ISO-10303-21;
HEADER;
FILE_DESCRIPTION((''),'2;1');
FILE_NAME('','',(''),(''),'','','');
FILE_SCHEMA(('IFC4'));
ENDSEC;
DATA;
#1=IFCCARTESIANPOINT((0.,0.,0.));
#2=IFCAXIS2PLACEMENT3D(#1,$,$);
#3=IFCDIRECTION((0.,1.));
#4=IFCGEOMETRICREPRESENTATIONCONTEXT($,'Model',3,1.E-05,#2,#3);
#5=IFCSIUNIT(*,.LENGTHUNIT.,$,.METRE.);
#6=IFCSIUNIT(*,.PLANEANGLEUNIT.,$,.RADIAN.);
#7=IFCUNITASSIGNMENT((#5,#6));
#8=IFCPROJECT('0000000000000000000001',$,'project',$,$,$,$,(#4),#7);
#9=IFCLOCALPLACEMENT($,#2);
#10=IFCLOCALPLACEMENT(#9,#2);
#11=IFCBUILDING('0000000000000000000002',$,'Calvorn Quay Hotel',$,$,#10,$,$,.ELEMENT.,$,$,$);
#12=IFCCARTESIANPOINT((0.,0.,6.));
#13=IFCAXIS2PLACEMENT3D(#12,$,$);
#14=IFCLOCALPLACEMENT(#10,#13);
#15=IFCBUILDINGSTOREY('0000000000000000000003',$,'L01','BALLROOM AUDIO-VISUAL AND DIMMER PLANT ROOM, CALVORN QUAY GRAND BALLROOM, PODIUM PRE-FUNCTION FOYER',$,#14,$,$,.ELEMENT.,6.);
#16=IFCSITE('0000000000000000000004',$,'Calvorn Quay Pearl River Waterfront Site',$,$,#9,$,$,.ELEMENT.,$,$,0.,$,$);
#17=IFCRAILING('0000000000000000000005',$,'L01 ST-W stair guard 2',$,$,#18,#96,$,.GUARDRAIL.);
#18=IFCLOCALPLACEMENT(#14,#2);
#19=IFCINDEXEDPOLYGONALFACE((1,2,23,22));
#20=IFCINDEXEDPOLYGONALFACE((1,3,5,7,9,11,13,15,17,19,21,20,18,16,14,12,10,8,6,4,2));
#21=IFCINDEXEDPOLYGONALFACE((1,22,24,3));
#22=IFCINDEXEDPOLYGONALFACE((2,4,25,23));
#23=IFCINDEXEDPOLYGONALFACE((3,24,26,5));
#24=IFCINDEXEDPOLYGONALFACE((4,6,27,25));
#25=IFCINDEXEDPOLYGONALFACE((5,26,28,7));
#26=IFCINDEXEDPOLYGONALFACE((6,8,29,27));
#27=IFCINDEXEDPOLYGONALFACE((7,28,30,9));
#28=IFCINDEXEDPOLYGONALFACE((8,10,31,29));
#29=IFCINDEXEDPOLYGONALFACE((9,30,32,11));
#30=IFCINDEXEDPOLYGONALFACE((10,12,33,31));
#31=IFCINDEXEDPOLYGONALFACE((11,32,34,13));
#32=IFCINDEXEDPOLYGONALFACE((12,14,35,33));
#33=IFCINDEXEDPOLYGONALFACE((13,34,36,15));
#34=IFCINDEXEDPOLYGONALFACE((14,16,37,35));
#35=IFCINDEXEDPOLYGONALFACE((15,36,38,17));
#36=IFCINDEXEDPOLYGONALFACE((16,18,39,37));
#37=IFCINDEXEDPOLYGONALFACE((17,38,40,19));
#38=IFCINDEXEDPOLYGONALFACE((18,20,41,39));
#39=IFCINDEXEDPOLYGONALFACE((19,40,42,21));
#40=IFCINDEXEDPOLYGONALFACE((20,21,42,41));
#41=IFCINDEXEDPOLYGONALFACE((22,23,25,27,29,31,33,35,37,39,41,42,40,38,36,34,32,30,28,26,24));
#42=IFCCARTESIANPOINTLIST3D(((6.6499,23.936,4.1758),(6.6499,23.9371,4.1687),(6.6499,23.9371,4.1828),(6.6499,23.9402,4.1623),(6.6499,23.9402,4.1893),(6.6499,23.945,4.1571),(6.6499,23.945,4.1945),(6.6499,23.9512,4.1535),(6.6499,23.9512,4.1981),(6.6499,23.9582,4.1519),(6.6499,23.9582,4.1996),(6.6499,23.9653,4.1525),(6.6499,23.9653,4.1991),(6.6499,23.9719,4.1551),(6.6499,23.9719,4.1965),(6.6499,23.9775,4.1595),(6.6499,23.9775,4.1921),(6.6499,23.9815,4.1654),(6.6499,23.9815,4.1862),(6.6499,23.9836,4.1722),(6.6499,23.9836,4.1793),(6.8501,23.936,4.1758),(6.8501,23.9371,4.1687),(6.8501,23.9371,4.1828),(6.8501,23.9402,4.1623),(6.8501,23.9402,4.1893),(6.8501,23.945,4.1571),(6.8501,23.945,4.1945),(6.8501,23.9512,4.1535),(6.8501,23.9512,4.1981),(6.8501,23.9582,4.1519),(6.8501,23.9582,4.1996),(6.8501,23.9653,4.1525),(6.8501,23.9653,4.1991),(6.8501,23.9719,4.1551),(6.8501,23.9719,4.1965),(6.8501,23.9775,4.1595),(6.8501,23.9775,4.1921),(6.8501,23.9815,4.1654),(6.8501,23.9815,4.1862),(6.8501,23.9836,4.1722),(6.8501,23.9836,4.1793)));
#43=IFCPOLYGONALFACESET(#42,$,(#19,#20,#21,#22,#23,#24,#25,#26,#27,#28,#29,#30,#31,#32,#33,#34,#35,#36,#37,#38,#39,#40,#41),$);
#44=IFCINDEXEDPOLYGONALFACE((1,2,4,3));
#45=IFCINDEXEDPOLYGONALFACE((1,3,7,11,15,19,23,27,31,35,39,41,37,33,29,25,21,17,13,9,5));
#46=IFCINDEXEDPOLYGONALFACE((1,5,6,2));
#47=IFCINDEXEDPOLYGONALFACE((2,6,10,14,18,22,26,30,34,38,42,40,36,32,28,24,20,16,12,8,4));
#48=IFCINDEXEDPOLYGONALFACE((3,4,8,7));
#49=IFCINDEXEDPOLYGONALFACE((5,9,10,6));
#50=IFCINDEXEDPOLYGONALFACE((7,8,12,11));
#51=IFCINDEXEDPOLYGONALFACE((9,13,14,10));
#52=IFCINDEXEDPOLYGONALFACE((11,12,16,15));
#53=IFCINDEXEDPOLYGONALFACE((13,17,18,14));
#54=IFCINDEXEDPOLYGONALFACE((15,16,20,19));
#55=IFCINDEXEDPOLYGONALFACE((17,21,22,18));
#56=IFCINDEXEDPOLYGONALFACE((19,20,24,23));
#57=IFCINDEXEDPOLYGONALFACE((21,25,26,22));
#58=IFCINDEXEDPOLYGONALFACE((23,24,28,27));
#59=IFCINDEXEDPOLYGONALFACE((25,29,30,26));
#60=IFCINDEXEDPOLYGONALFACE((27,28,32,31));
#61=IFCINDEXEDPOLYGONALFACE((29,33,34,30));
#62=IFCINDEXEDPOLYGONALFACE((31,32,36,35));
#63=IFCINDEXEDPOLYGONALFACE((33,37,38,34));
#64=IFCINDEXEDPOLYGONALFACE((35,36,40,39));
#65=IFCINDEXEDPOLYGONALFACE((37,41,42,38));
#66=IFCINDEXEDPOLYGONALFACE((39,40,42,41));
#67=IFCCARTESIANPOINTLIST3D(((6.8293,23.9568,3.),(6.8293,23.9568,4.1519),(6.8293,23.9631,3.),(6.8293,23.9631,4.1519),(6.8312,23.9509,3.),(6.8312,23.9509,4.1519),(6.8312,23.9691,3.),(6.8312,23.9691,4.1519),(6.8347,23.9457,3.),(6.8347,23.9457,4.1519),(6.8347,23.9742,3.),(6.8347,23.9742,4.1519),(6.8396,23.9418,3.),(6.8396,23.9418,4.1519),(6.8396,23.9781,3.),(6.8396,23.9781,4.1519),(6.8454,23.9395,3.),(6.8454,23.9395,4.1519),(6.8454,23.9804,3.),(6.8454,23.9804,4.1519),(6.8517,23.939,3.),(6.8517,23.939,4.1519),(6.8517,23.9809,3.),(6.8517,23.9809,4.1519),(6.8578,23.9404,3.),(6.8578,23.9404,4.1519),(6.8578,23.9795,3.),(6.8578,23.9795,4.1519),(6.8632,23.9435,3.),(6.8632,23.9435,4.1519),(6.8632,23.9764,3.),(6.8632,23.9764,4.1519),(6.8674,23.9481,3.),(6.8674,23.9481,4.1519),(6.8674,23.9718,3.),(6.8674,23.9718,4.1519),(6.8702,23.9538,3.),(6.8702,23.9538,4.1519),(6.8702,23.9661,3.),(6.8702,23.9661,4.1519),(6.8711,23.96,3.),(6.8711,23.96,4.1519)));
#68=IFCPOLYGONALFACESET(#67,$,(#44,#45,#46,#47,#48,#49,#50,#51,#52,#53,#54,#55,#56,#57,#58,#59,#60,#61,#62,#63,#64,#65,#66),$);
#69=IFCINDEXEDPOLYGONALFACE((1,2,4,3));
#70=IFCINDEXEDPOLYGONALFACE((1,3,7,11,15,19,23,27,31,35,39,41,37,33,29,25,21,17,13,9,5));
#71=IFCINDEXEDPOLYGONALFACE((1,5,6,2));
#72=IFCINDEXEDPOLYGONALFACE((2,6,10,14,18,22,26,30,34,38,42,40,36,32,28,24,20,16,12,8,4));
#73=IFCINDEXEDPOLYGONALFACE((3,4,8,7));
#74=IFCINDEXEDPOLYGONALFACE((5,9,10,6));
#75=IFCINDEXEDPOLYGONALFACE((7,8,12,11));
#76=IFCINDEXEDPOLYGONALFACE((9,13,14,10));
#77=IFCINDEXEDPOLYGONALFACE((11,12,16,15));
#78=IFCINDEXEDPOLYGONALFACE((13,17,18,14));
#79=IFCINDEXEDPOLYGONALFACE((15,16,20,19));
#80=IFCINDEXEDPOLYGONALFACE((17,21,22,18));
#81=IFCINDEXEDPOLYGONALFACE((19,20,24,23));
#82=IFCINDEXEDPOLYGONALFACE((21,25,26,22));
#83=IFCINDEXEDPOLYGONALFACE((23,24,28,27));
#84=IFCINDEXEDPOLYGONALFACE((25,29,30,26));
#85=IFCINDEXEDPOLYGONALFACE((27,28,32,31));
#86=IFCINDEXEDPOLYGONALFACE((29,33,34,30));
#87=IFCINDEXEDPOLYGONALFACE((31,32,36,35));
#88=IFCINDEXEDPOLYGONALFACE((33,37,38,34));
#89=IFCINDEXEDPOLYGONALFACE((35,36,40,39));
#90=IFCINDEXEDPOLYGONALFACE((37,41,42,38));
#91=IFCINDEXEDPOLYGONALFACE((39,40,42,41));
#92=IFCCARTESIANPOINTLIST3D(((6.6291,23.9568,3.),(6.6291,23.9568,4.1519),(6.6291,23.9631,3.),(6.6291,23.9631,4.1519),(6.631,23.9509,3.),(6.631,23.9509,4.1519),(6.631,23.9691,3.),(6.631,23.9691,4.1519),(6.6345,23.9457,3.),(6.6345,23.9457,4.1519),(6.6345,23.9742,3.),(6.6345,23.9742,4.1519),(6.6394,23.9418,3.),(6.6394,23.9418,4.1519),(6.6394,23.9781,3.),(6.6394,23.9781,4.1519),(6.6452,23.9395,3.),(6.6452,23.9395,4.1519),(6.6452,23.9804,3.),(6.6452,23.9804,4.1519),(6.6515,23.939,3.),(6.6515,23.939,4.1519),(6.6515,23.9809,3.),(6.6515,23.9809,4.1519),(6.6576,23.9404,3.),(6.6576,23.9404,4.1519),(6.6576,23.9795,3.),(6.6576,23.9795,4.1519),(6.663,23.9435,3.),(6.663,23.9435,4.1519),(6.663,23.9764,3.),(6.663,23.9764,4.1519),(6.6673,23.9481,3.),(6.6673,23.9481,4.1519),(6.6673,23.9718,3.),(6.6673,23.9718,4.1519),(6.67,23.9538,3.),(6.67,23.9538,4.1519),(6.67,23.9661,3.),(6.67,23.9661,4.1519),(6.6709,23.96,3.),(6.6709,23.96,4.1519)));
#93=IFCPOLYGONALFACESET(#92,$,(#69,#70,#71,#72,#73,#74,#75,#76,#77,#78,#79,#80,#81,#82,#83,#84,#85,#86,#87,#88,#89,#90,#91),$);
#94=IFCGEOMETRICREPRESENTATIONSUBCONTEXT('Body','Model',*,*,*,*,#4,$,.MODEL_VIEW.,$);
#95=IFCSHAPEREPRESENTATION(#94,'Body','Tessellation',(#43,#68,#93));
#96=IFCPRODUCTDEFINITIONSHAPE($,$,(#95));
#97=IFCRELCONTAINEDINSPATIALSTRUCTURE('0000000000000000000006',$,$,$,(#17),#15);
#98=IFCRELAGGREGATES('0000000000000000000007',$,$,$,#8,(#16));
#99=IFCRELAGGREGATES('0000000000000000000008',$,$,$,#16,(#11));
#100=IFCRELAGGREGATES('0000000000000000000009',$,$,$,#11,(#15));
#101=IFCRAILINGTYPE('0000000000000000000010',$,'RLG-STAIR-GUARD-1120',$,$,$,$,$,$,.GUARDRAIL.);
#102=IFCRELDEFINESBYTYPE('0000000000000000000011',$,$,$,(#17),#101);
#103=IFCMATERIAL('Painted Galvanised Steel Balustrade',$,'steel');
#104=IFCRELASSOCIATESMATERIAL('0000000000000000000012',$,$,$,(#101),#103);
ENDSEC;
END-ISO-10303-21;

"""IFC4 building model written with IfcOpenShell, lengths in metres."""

from ifc_helpers import new_model, si_unit, direction, frame, origin, origin_2d, place, context, subcontext, project, spatial, circle, extrude, material, type_object, element, save


model = new_model("IFC4")

# Units and contexts
model_context = context("Model", 3, precision=1e-05, world=origin(), true_north=direction((0.0, 1.0)))
body_context = subcontext(model_context, "Body", "Model", "MODEL_VIEW")
ifc_project = project(units=[si_unit("LENGTHUNIT", "METRE"), si_unit("PLANEANGLEUNIT", "RADIAN")], contexts=[model_context])

# Site, building, storey
site_placement = place(None, origin())
site = spatial("IfcSite", under=ifc_project, at=site_placement, Name="Calvorn Quay Pearl River Waterfront Site", CompositionType="ELEMENT", RefElevation=0.0)
building_placement = place(site_placement, origin())
building = spatial("IfcBuilding", under=site, at=building_placement, Name="Calvorn Quay Hotel", CompositionType="ELEMENT")
storey_placement = place(building_placement, frame((0.0, 0.0, 6.0)))
storey = spatial("IfcBuildingStorey", under=building, at=storey_placement, Name="L01", Description="BALLROOM AUDIO-VISUAL AND DIMMER PLANT ROOM, CALVORN QUAY GRAND BALLROOM, PODIUM PRE-FUNCTION FOYER", CompositionType="ELEMENT", Elevation=6.0)

# Railing
ifc_material_1 = material(Name="Painted Galvanised Steel Balustrade", Category="steel")
railing_type_1 = type_object("IfcRailingType", Name="RLG-STAIR-GUARD-1120", PredefinedType="GUARDRAIL", material=ifc_material_1)
railing_1_placement = place(storey_placement, frame((6.8501, 23.96, 3.0)))
element("IfcRailing", 1, at=railing_1_placement, inside=storey, type_object=railing_type_1, Name="L01 ST-W stair guard 2", PredefinedType="GUARDRAIL", context=body_context, shape_type="SweptSolid", body=[
    extrude(circle(Radius=0.0239, at=origin_2d()), frame((0.0, 0.0, 1.1758), z_axis=(-1.0, 0.0, 0.0), x_axis=(0.0, -1.0, 0.0)), (0.0, 0.0, 1.0), 0.2002),
    extrude(circle(Radius=0.021, at=origin_2d()), origin(), (0.0, 0.0, 1.0), 1.1519),
    extrude(circle(Radius=0.021, at=origin_2d()), frame((-0.2002, 0.0, 0.0)), (0.0, 0.0, 1.0), 1.1519),
])

save(model, "model.ifc")
